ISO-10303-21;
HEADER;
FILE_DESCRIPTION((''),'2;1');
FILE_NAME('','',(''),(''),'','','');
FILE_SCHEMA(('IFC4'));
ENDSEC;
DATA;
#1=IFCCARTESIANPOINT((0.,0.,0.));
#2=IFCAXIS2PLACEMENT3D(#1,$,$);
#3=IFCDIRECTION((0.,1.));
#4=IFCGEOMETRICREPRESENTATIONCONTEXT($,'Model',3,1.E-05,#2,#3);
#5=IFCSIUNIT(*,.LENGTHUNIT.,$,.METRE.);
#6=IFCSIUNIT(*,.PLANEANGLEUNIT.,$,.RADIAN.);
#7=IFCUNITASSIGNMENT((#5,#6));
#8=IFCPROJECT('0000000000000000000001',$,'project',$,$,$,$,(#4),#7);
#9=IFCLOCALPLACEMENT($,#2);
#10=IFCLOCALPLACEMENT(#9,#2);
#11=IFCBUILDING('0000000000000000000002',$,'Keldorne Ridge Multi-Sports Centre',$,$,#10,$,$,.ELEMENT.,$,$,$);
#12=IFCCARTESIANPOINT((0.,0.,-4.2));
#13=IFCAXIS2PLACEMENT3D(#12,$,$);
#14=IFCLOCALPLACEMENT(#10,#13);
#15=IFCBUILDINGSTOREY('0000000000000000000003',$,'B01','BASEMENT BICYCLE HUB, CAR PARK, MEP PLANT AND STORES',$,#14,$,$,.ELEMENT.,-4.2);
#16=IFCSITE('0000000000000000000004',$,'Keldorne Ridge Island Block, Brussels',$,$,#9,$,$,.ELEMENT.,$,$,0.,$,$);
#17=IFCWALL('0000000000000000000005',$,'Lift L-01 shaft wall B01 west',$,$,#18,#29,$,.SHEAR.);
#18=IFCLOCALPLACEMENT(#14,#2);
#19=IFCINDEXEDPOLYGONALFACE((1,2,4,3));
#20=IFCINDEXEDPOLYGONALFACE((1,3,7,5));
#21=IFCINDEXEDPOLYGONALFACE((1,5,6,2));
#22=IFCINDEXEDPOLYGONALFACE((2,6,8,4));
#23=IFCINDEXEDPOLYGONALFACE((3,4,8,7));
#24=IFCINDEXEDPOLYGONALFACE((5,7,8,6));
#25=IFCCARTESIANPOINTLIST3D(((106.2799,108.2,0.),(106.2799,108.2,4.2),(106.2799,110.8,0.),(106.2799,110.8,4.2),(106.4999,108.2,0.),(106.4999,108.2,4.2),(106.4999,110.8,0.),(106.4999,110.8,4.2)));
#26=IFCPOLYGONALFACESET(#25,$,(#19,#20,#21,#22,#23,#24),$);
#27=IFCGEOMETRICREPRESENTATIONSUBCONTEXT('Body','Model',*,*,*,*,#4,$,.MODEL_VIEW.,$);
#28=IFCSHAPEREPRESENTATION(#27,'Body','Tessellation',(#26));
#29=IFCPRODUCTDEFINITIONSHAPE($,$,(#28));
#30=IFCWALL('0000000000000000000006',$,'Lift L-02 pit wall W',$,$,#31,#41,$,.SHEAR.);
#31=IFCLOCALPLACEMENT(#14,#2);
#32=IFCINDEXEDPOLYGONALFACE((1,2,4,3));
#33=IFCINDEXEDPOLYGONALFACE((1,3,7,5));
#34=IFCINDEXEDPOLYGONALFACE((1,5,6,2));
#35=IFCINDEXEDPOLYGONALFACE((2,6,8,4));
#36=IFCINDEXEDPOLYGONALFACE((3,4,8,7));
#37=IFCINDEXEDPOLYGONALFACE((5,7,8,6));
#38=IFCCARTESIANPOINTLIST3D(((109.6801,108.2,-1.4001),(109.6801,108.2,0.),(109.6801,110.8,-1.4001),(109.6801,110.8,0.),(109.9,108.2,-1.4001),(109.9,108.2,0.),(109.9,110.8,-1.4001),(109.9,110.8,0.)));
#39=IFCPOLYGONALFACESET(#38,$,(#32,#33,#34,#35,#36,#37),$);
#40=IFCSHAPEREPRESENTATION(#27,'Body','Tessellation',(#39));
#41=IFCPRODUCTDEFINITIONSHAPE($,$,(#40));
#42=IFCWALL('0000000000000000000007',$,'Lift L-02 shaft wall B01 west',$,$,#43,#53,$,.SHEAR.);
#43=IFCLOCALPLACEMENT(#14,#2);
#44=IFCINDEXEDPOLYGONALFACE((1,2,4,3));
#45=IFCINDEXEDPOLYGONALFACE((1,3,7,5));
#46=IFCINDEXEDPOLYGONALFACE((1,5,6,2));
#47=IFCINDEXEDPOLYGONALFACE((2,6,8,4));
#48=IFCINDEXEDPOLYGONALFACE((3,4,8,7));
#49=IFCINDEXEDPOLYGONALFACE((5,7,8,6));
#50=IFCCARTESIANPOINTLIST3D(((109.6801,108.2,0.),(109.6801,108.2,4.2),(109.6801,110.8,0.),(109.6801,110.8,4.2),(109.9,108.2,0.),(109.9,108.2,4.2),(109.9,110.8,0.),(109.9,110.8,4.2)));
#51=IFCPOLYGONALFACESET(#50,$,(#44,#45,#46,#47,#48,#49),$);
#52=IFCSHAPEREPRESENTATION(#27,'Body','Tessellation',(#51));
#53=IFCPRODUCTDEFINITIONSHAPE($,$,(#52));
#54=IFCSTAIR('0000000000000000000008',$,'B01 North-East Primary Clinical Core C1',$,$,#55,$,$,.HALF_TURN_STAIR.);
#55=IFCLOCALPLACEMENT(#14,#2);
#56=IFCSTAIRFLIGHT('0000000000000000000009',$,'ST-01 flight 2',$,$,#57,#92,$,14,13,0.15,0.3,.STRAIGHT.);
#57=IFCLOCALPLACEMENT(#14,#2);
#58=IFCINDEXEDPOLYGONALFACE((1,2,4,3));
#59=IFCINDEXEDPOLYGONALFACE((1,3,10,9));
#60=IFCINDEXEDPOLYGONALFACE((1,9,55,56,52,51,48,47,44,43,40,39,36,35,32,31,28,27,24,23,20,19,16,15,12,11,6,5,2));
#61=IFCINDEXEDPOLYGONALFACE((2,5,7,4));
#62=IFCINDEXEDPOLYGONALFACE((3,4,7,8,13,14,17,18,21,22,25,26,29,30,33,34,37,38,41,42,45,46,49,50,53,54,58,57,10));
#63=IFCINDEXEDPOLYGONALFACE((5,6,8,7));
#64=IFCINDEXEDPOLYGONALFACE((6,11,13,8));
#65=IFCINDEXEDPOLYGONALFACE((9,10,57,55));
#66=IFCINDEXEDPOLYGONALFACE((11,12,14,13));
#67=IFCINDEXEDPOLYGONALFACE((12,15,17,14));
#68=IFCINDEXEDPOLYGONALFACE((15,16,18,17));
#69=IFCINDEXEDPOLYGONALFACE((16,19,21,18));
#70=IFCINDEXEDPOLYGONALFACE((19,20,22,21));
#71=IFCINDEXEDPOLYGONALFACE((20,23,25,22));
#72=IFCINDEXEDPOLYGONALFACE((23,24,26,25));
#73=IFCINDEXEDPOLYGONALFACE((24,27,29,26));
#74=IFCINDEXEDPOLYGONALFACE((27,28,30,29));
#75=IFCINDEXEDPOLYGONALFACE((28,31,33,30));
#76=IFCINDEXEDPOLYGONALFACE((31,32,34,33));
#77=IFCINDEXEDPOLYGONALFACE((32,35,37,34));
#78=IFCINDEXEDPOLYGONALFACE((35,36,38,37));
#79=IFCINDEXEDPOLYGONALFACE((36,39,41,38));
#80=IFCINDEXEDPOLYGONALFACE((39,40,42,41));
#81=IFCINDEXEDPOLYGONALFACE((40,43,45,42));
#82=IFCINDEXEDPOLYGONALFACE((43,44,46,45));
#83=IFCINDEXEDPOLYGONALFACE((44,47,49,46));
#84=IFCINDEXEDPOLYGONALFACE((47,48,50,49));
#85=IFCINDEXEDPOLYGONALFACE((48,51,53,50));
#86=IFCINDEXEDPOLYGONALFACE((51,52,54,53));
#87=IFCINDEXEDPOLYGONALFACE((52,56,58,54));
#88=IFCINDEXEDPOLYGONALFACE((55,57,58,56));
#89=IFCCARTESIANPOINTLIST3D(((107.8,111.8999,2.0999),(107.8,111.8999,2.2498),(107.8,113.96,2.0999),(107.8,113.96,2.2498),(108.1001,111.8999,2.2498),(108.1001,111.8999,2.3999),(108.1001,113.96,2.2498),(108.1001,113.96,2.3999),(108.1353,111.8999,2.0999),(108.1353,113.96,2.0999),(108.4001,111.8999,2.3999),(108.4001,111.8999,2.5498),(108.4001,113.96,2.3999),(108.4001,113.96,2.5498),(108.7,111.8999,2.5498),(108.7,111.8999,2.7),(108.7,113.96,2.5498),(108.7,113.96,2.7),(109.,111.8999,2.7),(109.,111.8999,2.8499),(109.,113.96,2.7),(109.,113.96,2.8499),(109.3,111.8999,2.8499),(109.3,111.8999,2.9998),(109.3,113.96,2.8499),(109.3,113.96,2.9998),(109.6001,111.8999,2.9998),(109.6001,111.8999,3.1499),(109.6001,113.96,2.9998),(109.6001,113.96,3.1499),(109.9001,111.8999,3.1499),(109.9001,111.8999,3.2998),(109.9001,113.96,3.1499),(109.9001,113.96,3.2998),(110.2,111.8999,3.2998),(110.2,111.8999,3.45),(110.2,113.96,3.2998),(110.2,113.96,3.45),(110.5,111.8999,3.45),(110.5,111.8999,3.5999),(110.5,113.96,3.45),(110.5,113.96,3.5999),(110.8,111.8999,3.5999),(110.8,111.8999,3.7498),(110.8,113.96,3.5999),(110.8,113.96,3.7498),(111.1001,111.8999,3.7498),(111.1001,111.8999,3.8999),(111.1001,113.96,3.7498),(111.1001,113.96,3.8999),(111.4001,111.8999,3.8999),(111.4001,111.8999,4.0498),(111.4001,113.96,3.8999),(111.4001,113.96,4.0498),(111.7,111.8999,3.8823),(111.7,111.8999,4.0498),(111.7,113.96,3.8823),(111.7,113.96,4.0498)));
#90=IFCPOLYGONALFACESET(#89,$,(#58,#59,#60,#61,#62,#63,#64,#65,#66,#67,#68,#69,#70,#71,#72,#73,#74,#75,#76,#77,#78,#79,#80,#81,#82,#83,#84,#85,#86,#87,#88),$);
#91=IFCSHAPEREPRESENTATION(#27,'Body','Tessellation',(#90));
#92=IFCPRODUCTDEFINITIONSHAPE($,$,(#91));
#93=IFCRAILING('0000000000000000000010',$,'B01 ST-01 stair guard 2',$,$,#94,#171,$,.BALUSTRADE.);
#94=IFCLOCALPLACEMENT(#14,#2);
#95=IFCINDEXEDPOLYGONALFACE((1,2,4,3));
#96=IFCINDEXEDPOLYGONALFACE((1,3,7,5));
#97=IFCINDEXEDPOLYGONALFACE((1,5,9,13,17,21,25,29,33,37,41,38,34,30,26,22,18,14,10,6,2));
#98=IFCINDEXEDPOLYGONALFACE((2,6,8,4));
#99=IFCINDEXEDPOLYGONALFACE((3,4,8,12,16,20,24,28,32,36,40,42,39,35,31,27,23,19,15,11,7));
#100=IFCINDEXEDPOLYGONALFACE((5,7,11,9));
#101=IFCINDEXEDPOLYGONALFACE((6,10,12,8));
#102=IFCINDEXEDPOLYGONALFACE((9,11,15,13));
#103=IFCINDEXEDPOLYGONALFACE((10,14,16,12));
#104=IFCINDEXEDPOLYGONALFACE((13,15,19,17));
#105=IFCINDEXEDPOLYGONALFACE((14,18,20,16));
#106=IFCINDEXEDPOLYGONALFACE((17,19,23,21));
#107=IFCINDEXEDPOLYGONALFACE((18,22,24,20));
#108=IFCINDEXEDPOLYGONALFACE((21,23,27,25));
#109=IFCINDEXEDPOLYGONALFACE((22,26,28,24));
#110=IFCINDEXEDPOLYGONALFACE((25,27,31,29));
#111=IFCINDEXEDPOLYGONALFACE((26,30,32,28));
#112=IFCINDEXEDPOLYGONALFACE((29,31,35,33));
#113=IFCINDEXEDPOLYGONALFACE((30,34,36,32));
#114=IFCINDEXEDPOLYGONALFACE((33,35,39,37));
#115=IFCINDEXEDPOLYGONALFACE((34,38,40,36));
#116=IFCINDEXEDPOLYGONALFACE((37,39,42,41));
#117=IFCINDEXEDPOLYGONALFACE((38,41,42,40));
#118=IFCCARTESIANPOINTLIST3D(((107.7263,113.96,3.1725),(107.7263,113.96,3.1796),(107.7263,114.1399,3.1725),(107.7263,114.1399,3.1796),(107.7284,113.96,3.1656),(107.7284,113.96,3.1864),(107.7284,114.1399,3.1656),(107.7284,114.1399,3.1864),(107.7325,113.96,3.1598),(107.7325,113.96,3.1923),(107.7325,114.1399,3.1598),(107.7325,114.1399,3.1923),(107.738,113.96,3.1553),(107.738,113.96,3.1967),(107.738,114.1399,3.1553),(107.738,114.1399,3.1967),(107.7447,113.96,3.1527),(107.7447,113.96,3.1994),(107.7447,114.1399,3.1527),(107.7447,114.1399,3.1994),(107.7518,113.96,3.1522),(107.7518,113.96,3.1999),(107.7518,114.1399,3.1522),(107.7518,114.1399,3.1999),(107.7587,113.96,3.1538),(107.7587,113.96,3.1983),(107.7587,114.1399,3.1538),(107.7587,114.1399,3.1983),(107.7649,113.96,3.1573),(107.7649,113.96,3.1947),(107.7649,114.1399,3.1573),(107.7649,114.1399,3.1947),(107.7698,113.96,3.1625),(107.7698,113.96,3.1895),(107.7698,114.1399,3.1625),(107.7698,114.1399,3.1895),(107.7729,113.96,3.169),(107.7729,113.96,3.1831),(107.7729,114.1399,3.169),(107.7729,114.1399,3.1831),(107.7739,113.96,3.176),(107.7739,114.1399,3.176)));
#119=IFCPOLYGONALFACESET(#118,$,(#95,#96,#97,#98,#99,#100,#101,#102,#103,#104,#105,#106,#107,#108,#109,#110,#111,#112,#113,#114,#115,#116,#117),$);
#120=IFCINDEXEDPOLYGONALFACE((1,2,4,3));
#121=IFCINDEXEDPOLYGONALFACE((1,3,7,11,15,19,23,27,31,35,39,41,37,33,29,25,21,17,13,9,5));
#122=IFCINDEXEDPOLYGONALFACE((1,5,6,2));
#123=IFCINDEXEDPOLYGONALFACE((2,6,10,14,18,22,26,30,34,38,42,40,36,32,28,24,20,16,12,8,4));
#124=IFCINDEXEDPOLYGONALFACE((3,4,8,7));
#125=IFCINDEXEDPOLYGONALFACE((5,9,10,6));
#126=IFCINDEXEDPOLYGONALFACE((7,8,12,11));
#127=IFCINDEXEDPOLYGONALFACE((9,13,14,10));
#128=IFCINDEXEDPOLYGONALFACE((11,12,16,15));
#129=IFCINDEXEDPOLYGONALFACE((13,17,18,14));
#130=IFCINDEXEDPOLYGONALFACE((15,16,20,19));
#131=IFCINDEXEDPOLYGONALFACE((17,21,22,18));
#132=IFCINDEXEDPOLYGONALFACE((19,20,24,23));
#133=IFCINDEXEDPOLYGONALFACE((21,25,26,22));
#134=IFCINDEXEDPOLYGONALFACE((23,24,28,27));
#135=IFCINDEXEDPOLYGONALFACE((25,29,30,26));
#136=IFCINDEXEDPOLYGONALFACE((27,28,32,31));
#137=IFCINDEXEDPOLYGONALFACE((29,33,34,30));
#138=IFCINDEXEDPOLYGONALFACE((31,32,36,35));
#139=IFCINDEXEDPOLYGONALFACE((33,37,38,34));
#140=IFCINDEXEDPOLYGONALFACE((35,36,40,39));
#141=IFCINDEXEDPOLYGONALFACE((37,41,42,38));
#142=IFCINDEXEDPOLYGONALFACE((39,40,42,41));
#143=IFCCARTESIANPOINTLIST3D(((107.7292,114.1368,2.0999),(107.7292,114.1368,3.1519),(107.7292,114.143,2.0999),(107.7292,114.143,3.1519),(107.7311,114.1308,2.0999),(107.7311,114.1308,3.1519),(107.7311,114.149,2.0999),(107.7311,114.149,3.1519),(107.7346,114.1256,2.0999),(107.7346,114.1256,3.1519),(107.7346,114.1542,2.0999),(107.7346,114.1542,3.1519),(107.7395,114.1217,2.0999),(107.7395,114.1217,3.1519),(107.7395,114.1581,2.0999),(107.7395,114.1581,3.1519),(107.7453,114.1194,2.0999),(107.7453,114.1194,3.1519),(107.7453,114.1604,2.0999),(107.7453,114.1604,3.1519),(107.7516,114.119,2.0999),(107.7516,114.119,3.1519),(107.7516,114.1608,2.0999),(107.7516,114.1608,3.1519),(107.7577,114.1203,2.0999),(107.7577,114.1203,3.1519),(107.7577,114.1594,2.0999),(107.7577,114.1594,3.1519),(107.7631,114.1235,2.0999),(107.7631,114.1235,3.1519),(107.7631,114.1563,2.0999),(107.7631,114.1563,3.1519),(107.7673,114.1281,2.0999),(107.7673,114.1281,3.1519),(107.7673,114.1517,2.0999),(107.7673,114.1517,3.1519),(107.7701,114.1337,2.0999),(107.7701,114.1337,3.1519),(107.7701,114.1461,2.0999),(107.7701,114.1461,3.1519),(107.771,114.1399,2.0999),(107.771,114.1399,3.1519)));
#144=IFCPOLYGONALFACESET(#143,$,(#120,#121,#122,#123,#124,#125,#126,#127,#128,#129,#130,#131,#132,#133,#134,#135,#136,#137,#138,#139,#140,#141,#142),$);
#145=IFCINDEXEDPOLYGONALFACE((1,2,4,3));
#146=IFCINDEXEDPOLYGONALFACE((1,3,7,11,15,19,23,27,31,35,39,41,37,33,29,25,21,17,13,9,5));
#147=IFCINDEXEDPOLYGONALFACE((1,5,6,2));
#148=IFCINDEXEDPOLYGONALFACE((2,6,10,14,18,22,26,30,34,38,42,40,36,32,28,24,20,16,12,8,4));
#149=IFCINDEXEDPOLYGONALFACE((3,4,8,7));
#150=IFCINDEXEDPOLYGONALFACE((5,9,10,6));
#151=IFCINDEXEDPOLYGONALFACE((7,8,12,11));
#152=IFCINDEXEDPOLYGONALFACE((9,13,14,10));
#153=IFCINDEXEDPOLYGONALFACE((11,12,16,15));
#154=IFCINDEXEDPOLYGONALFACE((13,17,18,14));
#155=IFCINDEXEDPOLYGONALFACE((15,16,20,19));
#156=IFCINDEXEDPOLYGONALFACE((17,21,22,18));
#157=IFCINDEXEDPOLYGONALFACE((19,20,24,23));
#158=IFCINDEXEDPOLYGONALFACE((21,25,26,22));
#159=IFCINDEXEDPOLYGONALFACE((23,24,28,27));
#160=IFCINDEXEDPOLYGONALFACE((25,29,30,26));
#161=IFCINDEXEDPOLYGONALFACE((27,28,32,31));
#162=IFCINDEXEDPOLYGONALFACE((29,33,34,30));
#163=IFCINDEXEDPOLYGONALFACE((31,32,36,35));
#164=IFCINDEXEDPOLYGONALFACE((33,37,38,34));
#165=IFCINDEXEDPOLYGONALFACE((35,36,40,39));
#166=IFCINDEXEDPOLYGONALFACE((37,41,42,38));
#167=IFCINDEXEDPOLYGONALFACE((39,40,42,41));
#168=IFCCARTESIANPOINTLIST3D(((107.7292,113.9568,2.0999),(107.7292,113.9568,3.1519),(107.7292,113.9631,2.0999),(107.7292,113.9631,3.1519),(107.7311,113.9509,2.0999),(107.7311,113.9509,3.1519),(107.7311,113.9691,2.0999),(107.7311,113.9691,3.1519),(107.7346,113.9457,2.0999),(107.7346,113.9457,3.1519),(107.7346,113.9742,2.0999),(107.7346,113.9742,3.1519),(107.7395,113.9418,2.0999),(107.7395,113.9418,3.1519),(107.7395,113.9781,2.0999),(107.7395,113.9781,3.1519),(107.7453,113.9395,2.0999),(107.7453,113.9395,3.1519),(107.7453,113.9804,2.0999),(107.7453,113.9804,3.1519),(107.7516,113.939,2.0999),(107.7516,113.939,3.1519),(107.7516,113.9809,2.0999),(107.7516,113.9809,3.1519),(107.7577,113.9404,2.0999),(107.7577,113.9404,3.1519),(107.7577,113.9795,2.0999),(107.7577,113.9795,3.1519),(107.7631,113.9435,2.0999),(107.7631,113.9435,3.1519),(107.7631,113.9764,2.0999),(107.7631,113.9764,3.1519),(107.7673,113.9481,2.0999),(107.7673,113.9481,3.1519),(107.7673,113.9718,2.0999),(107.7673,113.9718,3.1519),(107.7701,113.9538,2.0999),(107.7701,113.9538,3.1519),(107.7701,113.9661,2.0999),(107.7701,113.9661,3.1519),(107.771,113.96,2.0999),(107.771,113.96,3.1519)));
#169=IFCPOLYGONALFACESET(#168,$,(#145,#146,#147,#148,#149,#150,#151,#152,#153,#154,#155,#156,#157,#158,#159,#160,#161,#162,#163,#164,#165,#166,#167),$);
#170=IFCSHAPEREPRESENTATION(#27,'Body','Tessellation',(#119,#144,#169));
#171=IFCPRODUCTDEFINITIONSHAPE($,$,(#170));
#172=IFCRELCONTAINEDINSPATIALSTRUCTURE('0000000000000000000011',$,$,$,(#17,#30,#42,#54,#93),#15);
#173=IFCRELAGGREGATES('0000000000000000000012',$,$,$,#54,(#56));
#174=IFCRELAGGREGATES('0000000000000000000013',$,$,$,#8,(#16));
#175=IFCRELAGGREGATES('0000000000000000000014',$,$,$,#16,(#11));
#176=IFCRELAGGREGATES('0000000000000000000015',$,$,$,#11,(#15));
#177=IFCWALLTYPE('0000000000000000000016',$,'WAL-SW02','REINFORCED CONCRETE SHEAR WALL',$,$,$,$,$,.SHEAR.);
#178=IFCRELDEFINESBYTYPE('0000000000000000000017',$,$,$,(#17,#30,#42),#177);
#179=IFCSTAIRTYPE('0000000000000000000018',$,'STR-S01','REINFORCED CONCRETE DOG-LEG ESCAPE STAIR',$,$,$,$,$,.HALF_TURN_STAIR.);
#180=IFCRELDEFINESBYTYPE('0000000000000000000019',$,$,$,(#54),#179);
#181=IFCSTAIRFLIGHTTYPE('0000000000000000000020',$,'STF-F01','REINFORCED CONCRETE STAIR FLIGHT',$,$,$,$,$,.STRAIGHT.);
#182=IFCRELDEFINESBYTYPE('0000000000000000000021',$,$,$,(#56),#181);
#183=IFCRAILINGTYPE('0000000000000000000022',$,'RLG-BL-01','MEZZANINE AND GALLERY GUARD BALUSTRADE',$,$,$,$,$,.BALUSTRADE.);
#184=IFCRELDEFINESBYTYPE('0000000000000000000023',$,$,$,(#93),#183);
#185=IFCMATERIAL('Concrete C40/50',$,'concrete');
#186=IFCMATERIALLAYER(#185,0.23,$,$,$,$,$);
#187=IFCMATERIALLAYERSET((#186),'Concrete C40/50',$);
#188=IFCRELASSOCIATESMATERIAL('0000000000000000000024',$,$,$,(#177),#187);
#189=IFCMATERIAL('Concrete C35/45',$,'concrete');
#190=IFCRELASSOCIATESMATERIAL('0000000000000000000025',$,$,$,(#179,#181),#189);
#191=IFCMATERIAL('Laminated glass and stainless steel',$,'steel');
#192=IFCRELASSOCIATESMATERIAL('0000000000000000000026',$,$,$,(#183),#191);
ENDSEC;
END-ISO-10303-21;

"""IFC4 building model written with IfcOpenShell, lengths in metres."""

from ifc_helpers import new_model, si_unit, direction, frame, frame_2d, origin, origin_2d, place, context, subcontext, project, spatial, polyline, rectangle, circle, outline, extrude, material, layer, layer_set, type_object, element, aggregate, save


model = new_model("IFC4")

# Units and contexts
model_context = context("Model", 3, precision=1e-05, world=origin(), true_north=direction((0.0, 1.0)))
body_context = subcontext(model_context, "Body", "Model", "MODEL_VIEW")
ifc_project = project(units=[si_unit("LENGTHUNIT", "METRE"), si_unit("PLANEANGLEUNIT", "RADIAN")], contexts=[model_context])

# Site, building, storey
site_placement = place(None, origin())
site = spatial("IfcSite", under=ifc_project, at=site_placement, Name="Keldorne Ridge Island Block, Brussels", CompositionType="ELEMENT", RefElevation=0.0)
building_placement = place(site_placement, origin())
building = spatial("IfcBuilding", under=site, at=building_placement, Name="Keldorne Ridge Multi-Sports Centre", CompositionType="ELEMENT")
storey_placement = place(building_placement, frame((0.0, 0.0, -4.2)))
storey = spatial("IfcBuildingStorey", under=building, at=storey_placement, Name="B01", Description="BASEMENT BICYCLE HUB, CAR PARK, MEP PLANT AND STORES", CompositionType="ELEMENT", Elevation=-4.2)

# Shared definitions
ifc_material_1 = material(Name="Concrete C35/45", Category="concrete")

# Shared definitions
ifc_material_2 = material(Name="Concrete C40/50", Category="concrete")

# Walls
ifc_layer_1 = layer(ifc_material_2, 0.23)
ifc_layer_set_1 = layer_set([ifc_layer_1], Name="Concrete C40/50")
wall_type_1 = type_object("IfcWallType", Name="WAL-SW02", Description="REINFORCED CONCRETE SHEAR WALL", PredefinedType="SHEAR", material=ifc_layer_set_1)
wall_1_placement = place(storey_placement, frame((106.3899, 110.8, 0.0), z_axis=(0.0, 0.0, 1.0), x_axis=(0.0, -1.0, 0.0)))
element("IfcWall", 1, at=wall_1_placement, inside=storey, type_object=wall_type_1, Name="Lift L-01 shaft wall B01 west", PredefinedType="SHEAR", context=body_context, shape_type="SweptSolid", body=[
    extrude(rectangle(XDim=2.6001, YDim=0.22, at=frame_2d((1.3, 0.0))), origin(), (0.0, 0.0, 1.0), 4.2),
])
wall_2_placement = place(storey_placement, frame((109.79, 110.8, -1.4001), z_axis=(0.0, 0.0, 1.0), x_axis=(0.0, -1.0, 0.0)))
element("IfcWall", 2, at=wall_2_placement, inside=storey, type_object=wall_type_1, Name="Lift L-02 pit wall W", PredefinedType="SHEAR", context=body_context, shape_type="SweptSolid", body=[
    extrude(rectangle(XDim=2.6001, YDim=0.22, at=frame_2d((1.3, 0.0))), origin(), (0.0, 0.0, 1.0), 1.4001),
])
wall_3_placement = place(storey_placement, frame((109.79, 110.8, 0.0), z_axis=(0.0, 0.0, 1.0), x_axis=(0.0, -1.0, 0.0)))
element("IfcWall", 3, at=wall_3_placement, inside=storey, type_object=wall_type_1, Name="Lift L-02 shaft wall B01 west", PredefinedType="SHEAR", context=body_context, shape_type="SweptSolid", body=[
    extrude(rectangle(XDim=2.6001, YDim=0.22, at=frame_2d((1.3, 0.0))), origin(), (0.0, 0.0, 1.0), 4.2),
])

# Stair, stair flight
stair_type = type_object("IfcStairType", Name="STR-S01", Description="REINFORCED CONCRETE DOG-LEG ESCAPE STAIR", PredefinedType="HALF_TURN_STAIR", material=ifc_material_1)
stair_placement = place(storey_placement, origin())
stair = element("IfcStair", 4, at=stair_placement, inside=storey, type_object=stair_type, Name="B01 North-East Primary Clinical Core C1", PredefinedType="HALF_TURN_STAIR")
stair_flight_type = type_object("IfcStairFlightType", Name="STF-F01", Description="REINFORCED CONCRETE STAIR FLIGHT", PredefinedType="STRAIGHT", material=ifc_material_1)
stair_flight_placement = place(storey_placement, frame((107.8, 112.9299, 2.0999), z_axis=(0.0, 0.0, 1.0), x_axis=(1.0, 0.0, 0.0)))
stair_flight = element("IfcStairFlight", 5, at=stair_flight_placement, type_object=stair_flight_type, Name="ST-01 flight 2", NumberOfRisers=14, NumberOfTreads=13, PredefinedType="STRAIGHT", RiserHeight=0.15, TreadLength=0.3, context=body_context, shape_type="SweptSolid", body=[
    extrude(outline(polyline([(0.0, 0.0), (0.0, 0.1499), (0.3, 0.1499), (0.3, 0.3), (0.6001, 0.3), (0.6001, 0.45), (0.8999, 0.45), (0.8999, 0.6001), (1.2, 0.6001), (1.2, 0.75), (1.5, 0.75), (1.5, 0.8999), (1.8, 0.8999), (1.8, 1.05), (2.1001, 1.05), (2.1001, 1.2), (2.3999, 1.2), (2.3999, 1.3501), (2.7, 1.3501), (2.7, 1.5), (3.0, 1.5), (3.0, 1.6499), (3.3, 1.6499), (3.3, 1.8), (3.6001, 1.8), (3.6001, 1.95), (3.8999, 1.95), (3.8999, 2.1001), (3.8999, 1.7825), (0.3352, 0.0), (0.0, 0.0)])), frame((0.0, 1.03, 0.0), z_axis=(0.0, -1.0, 0.0), x_axis=(1.0, 0.0, 0.0)), (0.0, 0.0, 1.0), 2.0601),
])
aggregate(stair, [stair_flight])

# Railing
ifc_material_3 = material(Name="Laminated glass and stainless steel", Category="steel")
railing_type_1 = type_object("IfcRailingType", Name="RLG-BL-01", Description="MEZZANINE AND GALLERY GUARD BALUSTRADE", PredefinedType="BALUSTRADE", material=ifc_material_3)
railing_1_placement = place(storey_placement, frame((107.75, 114.1399, 2.0999)))
element("IfcRailing", 6, at=railing_1_placement, inside=storey, type_object=railing_type_1, Name="B01 ST-01 stair guard 2", PredefinedType="BALUSTRADE", context=body_context, shape_type="SweptSolid", body=[
    extrude(circle(Radius=0.0239, at=origin_2d()), frame((0.0, 0.0, 1.0762), z_axis=(0.0, -1.0, 0.0), x_axis=(1.0, 0.0, 0.0)), (0.0, 0.0, 1.0), 0.1799),
    extrude(circle(Radius=0.021, at=origin_2d()), origin(), (0.0, 0.0, 1.0), 1.052),
    extrude(circle(Radius=0.021, at=origin_2d()), frame((0.0, -0.1799, 0.0)), (0.0, 0.0, 1.0), 1.052),
])

save(model, "model.ifc")
